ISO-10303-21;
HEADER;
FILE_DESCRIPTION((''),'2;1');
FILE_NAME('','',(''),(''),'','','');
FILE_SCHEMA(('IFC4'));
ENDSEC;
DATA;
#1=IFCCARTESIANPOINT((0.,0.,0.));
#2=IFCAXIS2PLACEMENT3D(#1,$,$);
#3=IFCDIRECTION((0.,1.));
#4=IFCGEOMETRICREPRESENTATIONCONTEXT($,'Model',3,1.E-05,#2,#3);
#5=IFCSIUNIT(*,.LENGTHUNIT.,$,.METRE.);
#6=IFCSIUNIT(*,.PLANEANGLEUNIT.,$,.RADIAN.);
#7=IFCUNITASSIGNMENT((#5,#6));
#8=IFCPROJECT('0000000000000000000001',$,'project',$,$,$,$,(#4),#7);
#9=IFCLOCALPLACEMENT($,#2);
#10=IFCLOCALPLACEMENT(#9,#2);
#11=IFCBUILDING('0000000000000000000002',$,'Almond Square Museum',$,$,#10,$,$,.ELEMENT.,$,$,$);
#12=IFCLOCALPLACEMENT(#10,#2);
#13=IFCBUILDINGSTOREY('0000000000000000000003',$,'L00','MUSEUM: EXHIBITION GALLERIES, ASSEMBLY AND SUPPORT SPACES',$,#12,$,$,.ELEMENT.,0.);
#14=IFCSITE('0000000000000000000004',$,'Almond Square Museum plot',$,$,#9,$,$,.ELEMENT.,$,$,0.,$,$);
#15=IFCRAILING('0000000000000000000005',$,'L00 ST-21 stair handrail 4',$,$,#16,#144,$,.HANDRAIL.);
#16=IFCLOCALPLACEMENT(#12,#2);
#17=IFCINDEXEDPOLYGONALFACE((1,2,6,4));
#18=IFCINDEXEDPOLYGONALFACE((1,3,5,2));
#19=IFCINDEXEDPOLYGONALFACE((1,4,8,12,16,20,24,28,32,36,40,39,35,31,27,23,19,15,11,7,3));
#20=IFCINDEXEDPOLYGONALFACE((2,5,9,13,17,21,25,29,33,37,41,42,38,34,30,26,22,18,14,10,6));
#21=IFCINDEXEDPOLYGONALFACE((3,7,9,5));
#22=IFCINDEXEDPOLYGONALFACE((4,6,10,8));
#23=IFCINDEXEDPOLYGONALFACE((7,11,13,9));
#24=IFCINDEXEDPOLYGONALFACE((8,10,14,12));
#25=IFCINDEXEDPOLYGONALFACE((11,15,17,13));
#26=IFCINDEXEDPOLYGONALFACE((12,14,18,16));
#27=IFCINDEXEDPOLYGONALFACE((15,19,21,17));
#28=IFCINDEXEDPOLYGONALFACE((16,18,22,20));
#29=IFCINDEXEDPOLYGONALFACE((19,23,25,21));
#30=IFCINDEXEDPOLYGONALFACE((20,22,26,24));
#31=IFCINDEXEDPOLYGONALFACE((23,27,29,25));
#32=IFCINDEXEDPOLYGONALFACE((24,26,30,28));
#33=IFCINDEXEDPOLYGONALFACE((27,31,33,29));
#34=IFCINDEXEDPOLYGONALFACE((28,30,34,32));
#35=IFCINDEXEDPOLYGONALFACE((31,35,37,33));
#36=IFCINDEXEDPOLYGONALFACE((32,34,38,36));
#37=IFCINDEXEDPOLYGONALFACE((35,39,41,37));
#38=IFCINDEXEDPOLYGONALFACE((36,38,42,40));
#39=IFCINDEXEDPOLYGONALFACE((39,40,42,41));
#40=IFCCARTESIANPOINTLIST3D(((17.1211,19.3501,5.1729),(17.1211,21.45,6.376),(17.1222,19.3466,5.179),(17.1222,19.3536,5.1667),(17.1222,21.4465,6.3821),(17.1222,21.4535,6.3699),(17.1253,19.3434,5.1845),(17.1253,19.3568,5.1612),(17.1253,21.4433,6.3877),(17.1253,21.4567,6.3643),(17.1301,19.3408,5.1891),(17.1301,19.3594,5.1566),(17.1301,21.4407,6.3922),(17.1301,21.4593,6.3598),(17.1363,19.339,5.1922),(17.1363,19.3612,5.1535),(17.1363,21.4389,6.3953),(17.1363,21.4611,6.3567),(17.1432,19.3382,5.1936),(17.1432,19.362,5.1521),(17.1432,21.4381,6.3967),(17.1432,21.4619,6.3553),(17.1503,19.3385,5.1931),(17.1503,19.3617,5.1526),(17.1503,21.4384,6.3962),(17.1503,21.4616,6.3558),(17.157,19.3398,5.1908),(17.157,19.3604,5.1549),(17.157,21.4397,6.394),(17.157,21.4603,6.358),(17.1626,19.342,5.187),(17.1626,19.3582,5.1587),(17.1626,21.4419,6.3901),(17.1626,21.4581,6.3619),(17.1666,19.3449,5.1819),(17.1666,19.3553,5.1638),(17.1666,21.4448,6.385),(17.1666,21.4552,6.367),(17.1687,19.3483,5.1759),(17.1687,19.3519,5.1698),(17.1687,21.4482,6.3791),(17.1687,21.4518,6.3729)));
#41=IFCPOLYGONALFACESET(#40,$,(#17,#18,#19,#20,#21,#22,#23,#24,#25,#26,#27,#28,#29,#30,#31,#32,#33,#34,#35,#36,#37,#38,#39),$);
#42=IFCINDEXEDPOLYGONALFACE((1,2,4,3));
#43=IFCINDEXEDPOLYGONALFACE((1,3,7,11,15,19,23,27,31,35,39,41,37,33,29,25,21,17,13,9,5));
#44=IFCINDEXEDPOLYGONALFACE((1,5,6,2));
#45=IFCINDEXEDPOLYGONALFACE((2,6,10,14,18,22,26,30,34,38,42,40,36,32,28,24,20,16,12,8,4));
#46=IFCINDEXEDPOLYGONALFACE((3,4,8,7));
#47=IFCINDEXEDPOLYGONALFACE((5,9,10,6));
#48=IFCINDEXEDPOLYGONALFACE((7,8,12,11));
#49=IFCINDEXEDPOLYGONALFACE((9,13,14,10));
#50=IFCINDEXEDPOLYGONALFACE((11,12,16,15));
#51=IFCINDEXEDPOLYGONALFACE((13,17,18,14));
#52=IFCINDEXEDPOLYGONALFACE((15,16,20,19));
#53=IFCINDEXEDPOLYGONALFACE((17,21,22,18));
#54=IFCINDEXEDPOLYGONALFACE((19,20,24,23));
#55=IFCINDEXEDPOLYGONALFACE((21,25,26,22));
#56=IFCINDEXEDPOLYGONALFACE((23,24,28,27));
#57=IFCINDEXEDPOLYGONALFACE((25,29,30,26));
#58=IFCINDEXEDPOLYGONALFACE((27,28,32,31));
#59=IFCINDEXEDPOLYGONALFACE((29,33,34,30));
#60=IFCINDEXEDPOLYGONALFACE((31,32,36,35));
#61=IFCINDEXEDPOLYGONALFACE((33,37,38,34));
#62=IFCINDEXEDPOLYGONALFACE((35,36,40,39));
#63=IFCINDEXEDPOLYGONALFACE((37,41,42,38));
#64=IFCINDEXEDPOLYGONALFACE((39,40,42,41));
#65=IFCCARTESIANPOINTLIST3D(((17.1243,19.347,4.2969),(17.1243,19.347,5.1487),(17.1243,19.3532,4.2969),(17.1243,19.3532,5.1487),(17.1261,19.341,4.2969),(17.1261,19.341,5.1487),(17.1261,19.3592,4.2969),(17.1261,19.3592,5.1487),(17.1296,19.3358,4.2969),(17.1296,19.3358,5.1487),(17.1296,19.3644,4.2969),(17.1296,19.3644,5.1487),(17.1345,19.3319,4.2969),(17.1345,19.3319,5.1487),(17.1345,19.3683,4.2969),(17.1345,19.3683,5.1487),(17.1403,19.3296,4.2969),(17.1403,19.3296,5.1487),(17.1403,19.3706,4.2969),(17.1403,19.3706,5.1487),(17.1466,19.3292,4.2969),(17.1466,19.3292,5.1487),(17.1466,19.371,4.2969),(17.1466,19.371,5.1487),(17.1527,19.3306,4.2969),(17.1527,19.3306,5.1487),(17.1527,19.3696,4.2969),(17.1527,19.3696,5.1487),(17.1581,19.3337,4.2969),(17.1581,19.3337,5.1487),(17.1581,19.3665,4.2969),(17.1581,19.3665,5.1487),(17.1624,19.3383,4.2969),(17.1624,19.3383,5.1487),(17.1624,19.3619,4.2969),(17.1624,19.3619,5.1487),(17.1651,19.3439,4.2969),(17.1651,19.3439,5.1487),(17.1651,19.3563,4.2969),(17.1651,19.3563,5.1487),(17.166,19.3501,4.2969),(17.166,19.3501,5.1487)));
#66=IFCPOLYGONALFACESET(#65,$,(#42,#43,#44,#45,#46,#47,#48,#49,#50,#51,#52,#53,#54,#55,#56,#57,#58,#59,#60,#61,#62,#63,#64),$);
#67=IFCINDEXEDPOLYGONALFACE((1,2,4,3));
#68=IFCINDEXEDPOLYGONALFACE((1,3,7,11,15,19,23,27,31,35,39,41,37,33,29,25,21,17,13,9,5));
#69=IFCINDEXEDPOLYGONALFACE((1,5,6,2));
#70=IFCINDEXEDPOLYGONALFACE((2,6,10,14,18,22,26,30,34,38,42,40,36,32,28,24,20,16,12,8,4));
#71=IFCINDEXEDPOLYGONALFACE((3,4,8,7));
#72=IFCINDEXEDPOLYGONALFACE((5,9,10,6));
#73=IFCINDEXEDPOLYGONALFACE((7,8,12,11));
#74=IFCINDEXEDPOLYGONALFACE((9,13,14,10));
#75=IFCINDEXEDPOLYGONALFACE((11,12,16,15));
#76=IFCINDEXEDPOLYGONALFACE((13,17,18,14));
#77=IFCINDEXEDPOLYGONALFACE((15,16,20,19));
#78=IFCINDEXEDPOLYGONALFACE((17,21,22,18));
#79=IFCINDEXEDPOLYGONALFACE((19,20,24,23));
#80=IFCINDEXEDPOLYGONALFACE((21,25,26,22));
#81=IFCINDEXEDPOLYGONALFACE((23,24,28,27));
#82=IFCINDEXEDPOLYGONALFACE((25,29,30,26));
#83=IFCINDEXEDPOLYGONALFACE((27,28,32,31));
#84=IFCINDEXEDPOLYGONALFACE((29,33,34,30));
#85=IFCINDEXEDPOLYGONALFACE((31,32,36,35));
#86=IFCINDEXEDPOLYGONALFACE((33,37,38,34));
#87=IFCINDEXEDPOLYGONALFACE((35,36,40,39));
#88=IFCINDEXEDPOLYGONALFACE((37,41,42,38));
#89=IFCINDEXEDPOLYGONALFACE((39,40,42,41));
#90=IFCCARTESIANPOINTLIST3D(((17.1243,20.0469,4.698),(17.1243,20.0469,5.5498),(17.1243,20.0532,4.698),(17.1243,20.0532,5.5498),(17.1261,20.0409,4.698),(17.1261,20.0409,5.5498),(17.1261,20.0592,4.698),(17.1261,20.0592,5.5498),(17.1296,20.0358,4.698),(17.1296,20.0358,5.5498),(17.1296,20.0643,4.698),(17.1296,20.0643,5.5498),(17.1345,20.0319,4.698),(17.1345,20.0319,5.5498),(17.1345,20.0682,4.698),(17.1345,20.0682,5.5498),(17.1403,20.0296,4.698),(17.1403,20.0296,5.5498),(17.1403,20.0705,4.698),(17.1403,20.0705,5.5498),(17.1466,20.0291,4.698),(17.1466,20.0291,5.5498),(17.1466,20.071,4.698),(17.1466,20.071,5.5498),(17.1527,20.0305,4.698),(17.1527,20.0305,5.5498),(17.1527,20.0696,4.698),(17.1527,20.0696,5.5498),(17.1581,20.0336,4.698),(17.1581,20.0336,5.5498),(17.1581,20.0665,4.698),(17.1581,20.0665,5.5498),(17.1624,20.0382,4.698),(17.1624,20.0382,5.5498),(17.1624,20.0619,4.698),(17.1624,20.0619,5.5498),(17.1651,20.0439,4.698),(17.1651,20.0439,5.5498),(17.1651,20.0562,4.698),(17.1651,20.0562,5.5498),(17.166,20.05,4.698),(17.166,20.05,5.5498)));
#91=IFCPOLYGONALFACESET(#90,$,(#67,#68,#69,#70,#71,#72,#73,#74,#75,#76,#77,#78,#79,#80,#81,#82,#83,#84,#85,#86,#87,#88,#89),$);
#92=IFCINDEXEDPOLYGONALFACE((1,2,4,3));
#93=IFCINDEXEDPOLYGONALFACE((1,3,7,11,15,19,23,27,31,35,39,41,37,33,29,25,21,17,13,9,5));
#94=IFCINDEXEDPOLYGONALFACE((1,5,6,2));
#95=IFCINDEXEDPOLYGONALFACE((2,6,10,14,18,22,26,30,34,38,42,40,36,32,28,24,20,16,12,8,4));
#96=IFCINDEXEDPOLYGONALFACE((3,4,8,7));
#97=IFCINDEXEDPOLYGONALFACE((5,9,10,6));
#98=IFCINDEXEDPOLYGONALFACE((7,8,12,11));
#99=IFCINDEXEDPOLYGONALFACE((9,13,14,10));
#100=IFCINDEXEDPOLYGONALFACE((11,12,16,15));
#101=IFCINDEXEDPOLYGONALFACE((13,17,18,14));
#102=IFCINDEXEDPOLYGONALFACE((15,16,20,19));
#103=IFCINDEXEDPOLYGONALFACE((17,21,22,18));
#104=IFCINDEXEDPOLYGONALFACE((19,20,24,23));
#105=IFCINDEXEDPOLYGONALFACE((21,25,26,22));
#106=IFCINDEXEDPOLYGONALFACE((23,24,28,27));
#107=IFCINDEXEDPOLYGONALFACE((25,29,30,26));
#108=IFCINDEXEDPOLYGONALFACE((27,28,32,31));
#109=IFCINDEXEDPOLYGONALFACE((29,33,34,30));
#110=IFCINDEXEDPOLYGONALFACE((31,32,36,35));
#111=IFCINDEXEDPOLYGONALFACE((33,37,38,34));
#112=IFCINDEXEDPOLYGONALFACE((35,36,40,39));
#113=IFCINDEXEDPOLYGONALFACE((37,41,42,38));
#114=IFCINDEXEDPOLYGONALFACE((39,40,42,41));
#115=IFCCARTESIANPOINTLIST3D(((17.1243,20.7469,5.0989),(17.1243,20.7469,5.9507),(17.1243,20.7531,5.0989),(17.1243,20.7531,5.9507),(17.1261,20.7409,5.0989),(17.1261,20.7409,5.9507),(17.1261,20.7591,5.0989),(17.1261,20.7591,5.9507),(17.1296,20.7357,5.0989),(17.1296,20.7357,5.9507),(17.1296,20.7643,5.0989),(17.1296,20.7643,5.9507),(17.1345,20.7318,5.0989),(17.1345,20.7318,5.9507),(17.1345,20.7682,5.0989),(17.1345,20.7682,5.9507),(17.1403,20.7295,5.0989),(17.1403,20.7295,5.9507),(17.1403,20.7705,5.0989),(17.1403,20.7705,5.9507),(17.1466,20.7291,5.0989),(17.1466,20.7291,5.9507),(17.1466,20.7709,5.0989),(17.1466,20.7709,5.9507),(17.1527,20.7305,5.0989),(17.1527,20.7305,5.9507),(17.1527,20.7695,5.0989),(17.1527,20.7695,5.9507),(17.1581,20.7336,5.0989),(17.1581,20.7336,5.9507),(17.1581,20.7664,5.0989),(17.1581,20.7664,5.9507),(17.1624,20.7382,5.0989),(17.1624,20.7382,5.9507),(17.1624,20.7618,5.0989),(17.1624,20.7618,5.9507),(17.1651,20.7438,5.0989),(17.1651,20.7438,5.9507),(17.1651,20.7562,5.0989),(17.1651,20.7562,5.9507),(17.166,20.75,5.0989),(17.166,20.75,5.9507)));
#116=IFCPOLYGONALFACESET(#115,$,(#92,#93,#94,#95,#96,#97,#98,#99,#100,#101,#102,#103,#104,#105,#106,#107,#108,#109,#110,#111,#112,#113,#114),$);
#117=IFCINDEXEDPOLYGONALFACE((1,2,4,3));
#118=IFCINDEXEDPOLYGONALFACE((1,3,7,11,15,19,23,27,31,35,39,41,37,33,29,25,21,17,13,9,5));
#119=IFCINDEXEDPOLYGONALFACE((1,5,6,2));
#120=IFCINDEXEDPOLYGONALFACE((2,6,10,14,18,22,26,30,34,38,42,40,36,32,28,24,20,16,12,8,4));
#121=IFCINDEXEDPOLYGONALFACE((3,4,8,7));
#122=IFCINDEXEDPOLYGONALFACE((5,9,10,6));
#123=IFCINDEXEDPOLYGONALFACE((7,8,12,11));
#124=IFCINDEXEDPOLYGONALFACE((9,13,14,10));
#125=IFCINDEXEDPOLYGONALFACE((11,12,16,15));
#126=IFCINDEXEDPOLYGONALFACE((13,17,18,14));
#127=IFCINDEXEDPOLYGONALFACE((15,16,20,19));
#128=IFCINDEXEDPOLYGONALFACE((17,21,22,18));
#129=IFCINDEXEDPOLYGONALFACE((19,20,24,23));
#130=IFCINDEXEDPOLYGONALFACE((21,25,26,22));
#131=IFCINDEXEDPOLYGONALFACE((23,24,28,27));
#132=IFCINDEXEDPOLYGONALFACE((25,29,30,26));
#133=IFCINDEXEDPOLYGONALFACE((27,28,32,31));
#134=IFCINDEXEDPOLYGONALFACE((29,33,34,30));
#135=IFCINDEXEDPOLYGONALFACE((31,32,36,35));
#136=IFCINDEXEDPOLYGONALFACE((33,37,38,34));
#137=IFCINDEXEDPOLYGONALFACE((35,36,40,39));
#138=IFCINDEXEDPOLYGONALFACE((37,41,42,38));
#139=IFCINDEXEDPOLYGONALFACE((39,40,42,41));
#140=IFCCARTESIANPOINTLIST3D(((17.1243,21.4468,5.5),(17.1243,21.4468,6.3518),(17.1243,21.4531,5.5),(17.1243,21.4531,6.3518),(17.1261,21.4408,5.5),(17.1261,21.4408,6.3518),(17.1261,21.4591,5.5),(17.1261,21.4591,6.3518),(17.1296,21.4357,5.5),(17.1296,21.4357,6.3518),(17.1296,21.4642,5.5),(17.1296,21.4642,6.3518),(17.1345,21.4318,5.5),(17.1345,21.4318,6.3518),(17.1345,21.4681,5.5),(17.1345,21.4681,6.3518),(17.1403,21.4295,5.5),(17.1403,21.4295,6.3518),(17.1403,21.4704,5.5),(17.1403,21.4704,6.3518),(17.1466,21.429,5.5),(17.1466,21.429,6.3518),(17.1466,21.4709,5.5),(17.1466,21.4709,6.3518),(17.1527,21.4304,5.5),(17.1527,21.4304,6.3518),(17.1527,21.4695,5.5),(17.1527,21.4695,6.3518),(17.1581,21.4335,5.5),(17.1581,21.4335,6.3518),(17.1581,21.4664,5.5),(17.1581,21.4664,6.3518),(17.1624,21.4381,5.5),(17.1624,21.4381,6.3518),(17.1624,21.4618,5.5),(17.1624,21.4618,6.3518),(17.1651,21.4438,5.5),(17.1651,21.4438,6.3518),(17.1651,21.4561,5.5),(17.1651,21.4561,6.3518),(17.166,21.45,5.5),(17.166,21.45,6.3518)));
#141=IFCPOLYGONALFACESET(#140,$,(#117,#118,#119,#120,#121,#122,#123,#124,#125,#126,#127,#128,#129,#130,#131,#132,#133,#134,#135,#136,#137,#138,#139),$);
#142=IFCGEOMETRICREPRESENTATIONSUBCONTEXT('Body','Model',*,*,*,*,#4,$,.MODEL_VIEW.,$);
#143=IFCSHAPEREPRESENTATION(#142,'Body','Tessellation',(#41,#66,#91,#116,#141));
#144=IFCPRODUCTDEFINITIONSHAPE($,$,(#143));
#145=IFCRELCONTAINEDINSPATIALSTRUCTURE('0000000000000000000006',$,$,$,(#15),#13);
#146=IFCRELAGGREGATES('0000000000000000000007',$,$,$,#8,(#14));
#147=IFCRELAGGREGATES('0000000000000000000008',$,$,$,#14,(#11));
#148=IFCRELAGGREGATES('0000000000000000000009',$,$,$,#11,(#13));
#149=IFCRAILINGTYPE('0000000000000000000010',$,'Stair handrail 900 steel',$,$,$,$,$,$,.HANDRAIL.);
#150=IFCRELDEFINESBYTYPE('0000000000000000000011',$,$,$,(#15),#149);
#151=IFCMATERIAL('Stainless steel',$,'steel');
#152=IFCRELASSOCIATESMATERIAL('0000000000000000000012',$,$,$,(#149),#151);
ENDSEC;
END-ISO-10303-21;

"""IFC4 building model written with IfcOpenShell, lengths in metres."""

from ifc_helpers import new_model, si_unit, direction, frame, origin, origin_2d, place, context, subcontext, project, spatial, circle, extrude, material, type_object, element, save


model = new_model("IFC4")

# Units and contexts
model_context = context("Model", 3, precision=1e-05, world=origin(), true_north=direction((0.0, 1.0)))
body_context = subcontext(model_context, "Body", "Model", "MODEL_VIEW")
ifc_project = project(units=[si_unit("LENGTHUNIT", "METRE"), si_unit("PLANEANGLEUNIT", "RADIAN")], contexts=[model_context])

# Site, building, storey
site_placement = place(None, origin())
site = spatial("IfcSite", under=ifc_project, at=site_placement, Name="Almond Square Museum plot", CompositionType="ELEMENT", RefElevation=0.0)
building_placement = place(site_placement, origin())
building = spatial("IfcBuilding", under=site, at=building_placement, Name="Almond Square Museum", CompositionType="ELEMENT")
storey_placement = place(building_placement, origin())
storey = spatial("IfcBuildingStorey", under=building, at=storey_placement, Name="L00", Description="MUSEUM: EXHIBITION GALLERIES, ASSEMBLY AND SUPPORT SPACES", CompositionType="ELEMENT", Elevation=0.0)

# Railing
ifc_material_1 = material(Name="Stainless steel", Category="steel")
railing_type_1 = type_object("IfcRailingType", Name="Stair handrail 900 steel", PredefinedType="HANDRAIL", material=ifc_material_1)
for number, where, name in (
    (1, (17.145, 19.3501, 4.2969), "L00 ST-21 stair handrail 4"),
):
    element("IfcRailing", number, at=place(storey_placement, frame(where)), inside=storey, type_object=railing_type_1, Name=name, PredefinedType="HANDRAIL", context=body_context, shape_type="SweptSolid", body=[
        extrude(circle(Radius=0.0239, at=origin_2d()), frame((0.0, 0.0, 0.876), z_axis=(0.0, 0.867671, 0.497138), x_axis=(-1.0, 0.0, 0.0)), (0.0, 0.0, 1.0), 2.4202),
        extrude(circle(Radius=0.021, at=origin_2d()), origin(), (0.0, 0.0, 1.0), 0.8518),
        extrude(circle(Radius=0.021, at=origin_2d()), frame((0.0, 0.7, 0.4011)), (0.0, 0.0, 1.0), 0.8518),
        extrude(circle(Radius=0.021, at=origin_2d()), frame((0.0, 1.3999, 0.802)), (0.0, 0.0, 1.0), 0.8518),
        extrude(circle(Radius=0.021, at=origin_2d()), frame((0.0, 2.0999, 1.2031)), (0.0, 0.0, 1.0), 0.8518),
    ])

save(model, "model.ifc")
